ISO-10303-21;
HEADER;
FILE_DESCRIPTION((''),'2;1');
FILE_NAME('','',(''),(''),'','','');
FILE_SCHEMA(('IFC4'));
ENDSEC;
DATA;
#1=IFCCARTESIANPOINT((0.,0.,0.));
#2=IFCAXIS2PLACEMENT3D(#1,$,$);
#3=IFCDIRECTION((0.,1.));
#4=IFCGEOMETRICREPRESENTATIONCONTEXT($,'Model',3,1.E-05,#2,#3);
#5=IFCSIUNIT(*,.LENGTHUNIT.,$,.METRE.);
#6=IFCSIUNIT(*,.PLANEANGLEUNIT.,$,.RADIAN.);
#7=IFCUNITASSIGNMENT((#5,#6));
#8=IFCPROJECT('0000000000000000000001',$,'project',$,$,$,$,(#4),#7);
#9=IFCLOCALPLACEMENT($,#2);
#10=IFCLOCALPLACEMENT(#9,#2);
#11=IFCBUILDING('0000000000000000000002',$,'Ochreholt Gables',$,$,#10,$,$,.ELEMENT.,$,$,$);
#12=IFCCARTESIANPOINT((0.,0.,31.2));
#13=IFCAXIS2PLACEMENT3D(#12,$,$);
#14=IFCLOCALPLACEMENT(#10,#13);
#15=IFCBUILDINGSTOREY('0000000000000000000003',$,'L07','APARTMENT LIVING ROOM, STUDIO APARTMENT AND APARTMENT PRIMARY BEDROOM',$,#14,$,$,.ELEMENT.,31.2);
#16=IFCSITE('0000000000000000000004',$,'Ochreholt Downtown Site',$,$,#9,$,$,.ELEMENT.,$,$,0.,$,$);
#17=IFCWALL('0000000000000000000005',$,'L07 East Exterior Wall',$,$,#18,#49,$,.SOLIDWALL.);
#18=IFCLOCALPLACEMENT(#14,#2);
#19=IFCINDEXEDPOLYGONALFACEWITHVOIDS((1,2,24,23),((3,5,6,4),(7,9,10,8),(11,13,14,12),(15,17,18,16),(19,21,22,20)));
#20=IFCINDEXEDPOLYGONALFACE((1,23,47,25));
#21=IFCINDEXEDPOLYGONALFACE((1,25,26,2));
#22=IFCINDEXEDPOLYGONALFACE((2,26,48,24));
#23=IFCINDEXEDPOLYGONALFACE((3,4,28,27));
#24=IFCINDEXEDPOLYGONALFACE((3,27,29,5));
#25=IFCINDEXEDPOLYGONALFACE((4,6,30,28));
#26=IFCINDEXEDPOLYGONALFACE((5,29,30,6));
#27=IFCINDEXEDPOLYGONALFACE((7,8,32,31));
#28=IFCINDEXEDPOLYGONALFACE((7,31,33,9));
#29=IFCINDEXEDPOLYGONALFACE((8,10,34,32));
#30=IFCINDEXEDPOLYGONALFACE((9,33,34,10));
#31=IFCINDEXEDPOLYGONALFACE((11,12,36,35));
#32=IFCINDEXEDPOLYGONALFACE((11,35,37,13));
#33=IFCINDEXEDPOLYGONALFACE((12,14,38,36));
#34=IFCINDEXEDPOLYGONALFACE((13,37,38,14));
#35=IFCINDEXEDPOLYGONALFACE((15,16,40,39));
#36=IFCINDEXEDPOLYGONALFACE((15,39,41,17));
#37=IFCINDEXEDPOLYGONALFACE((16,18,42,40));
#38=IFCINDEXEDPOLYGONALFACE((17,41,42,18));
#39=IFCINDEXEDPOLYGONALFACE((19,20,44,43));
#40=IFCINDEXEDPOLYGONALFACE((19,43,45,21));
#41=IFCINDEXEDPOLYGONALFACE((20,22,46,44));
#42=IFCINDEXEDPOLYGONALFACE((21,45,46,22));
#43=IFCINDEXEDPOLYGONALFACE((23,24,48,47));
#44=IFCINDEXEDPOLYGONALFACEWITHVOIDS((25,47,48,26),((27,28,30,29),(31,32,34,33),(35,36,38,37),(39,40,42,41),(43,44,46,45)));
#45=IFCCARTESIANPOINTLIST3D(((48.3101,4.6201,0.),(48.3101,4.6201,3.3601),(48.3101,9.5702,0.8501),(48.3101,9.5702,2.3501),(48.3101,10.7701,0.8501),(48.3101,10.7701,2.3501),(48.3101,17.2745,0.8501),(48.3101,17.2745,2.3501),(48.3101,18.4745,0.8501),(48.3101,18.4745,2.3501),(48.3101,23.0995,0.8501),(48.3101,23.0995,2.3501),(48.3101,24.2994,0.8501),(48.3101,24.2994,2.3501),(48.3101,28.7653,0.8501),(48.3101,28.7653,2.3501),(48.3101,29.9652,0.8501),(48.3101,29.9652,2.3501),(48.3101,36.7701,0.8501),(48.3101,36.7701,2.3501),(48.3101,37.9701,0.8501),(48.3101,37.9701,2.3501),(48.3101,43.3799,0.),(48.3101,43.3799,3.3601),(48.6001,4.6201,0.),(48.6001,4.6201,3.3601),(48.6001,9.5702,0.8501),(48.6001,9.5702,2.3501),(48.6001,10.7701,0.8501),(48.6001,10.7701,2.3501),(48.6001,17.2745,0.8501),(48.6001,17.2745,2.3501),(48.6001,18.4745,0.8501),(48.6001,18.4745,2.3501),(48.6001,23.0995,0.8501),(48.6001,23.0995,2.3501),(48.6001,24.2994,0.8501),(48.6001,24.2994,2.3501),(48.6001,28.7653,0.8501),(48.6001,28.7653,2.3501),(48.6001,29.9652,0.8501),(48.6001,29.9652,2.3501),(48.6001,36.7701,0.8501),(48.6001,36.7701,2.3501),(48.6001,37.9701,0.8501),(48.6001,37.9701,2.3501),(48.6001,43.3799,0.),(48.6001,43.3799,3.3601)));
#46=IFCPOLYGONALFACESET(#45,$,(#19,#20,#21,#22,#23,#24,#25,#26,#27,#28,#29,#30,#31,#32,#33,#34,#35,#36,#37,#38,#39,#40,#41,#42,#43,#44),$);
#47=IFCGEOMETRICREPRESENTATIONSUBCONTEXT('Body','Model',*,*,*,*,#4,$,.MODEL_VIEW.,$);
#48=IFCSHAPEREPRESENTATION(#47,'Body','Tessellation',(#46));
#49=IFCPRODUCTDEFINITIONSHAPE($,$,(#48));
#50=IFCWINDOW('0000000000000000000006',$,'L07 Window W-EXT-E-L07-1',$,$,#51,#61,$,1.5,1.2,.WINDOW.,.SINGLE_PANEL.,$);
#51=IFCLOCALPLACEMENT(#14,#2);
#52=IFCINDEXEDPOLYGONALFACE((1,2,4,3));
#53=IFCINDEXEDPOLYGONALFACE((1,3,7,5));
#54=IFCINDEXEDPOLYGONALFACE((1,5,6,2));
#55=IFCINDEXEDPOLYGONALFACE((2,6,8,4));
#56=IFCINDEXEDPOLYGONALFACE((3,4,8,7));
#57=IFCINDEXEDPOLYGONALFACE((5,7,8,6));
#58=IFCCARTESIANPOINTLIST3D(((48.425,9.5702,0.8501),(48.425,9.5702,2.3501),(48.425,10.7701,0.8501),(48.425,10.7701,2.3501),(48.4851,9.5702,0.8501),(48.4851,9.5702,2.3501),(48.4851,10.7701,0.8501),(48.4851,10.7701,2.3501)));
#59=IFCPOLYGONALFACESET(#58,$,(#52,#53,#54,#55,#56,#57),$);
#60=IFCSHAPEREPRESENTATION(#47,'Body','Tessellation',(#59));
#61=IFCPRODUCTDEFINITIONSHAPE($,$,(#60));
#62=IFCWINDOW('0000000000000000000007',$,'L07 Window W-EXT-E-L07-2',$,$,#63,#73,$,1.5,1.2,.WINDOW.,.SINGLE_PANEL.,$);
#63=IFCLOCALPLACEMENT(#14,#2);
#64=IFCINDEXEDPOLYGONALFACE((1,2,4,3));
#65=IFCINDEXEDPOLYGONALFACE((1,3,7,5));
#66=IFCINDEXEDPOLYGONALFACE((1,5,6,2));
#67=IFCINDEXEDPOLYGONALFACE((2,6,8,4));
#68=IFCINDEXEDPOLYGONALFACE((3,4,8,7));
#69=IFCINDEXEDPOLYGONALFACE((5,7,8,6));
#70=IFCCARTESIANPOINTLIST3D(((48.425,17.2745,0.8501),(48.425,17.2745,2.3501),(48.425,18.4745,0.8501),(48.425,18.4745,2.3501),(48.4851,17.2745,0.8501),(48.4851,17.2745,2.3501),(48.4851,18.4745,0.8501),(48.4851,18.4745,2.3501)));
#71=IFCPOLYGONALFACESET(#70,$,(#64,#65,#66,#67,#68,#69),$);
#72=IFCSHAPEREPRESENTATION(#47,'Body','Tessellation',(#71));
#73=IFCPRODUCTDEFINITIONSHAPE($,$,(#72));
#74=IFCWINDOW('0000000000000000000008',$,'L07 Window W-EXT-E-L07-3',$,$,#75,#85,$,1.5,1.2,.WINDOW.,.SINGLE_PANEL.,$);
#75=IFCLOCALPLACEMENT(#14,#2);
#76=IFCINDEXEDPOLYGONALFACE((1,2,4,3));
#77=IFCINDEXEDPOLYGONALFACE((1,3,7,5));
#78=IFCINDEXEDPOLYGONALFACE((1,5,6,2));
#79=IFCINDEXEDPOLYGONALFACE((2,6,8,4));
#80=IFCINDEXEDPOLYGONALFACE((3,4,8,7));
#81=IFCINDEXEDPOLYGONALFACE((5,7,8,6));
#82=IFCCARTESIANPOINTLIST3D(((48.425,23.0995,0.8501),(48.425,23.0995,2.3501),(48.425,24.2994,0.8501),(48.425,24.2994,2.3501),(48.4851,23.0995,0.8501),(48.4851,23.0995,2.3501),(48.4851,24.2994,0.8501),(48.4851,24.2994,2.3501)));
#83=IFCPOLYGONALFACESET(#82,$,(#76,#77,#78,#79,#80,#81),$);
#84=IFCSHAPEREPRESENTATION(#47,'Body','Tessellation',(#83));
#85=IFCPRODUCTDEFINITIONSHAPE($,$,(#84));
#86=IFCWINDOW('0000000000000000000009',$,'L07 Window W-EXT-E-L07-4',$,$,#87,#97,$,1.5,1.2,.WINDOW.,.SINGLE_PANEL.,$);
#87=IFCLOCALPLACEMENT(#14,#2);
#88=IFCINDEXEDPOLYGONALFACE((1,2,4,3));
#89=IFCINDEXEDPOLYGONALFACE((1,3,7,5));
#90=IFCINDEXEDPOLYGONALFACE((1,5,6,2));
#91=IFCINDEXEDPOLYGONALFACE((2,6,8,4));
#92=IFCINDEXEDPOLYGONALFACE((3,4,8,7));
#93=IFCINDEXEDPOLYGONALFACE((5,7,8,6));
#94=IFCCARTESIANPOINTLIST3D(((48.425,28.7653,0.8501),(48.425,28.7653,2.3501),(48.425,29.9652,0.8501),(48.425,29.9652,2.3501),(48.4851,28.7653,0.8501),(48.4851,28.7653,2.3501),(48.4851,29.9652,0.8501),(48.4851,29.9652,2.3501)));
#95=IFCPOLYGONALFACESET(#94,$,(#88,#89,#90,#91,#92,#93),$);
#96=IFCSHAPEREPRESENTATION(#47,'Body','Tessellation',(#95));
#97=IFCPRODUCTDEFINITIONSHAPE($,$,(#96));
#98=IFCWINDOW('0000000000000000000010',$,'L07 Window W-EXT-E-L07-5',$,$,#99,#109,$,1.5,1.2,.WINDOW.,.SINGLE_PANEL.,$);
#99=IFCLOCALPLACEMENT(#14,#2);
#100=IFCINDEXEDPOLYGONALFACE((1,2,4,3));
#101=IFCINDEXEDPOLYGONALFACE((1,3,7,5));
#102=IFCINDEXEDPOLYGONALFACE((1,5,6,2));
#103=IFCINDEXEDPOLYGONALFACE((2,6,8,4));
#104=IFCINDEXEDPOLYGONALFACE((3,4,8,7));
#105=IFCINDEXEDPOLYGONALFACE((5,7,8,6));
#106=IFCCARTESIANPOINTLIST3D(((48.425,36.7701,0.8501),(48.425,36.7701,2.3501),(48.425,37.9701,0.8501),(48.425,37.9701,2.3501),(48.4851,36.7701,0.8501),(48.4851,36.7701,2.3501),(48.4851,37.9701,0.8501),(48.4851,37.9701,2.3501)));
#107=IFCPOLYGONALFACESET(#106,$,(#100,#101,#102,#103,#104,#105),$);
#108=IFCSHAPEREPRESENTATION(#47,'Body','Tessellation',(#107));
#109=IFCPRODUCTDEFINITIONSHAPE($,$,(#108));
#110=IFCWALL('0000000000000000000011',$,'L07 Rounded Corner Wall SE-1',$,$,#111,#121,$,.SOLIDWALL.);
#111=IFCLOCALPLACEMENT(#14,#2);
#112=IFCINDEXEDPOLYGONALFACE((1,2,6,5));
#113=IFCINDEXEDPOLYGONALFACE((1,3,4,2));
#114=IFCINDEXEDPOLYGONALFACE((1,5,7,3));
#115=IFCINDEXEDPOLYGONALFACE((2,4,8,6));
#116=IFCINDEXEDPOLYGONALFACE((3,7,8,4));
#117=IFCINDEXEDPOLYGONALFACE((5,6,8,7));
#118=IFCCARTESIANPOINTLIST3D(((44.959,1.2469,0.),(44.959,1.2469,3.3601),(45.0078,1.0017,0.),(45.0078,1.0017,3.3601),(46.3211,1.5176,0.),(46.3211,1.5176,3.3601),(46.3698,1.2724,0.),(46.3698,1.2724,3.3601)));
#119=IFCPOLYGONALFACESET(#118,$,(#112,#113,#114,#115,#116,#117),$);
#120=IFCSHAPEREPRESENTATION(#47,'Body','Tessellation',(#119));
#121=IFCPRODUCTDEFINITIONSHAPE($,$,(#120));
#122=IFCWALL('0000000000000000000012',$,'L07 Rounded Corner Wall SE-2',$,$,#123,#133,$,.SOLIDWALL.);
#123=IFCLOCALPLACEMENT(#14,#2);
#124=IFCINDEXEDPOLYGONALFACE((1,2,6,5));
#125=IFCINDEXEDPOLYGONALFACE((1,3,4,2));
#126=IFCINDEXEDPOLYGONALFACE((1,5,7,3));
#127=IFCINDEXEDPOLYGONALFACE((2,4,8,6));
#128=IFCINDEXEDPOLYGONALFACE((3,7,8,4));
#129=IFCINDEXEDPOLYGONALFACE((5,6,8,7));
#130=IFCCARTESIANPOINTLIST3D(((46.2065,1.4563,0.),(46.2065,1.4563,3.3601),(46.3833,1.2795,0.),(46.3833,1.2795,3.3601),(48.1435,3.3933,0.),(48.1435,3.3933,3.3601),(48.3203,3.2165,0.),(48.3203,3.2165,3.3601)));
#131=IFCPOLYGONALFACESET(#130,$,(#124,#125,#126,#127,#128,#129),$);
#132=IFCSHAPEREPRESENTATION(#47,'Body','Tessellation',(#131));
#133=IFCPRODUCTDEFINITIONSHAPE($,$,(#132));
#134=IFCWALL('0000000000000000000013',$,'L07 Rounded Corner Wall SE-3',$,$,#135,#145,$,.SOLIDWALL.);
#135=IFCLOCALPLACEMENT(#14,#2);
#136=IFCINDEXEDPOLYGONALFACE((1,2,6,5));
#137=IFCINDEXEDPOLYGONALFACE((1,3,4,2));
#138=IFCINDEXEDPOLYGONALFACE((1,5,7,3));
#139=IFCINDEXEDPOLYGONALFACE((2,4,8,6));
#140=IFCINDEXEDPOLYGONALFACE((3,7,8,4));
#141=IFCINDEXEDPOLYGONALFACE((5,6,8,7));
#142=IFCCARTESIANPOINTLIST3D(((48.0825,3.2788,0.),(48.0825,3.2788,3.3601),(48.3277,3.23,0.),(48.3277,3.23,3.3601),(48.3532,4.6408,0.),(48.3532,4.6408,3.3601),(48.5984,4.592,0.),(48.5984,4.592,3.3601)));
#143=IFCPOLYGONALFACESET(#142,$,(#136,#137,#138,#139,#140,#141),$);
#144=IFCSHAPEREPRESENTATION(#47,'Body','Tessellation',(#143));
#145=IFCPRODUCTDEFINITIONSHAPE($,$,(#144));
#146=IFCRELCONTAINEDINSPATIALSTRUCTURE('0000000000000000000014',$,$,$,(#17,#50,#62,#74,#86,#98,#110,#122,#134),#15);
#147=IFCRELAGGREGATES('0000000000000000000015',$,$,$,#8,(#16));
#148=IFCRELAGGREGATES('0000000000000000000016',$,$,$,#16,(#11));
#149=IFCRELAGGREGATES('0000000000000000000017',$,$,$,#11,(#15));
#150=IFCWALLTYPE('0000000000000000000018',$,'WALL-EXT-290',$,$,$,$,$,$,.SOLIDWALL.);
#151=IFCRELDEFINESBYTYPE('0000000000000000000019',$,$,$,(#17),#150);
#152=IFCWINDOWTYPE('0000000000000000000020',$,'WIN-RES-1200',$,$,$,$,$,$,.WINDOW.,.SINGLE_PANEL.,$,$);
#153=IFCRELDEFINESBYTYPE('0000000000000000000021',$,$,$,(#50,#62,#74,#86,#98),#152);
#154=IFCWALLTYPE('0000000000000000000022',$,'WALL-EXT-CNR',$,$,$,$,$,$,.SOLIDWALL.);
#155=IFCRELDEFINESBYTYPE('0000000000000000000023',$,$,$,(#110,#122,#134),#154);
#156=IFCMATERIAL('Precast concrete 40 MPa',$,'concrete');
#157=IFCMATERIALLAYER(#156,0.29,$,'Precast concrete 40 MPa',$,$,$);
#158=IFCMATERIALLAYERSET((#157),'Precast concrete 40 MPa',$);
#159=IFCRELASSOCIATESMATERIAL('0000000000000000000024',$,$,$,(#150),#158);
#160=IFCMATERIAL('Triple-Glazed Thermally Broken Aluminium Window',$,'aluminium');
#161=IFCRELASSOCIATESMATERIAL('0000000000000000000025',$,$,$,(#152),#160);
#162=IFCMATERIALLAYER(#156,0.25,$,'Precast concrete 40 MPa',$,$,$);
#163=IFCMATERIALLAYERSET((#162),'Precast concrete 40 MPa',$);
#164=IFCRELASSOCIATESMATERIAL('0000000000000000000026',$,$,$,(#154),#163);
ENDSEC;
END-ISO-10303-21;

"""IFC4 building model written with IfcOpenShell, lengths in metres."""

from ifc_helpers import new_model, si_unit, direction, frame, frame_2d, origin, place, context, subcontext, project, spatial, rectangle, extrude, material, layer, layer_set, type_object, element, fill, save


model = new_model("IFC4")

# Units and contexts
model_context = context("Model", 3, precision=1e-05, world=origin(), true_north=direction((0.0, 1.0)))
body_context = subcontext(model_context, "Body", "Model", "MODEL_VIEW")
ifc_project = project(units=[si_unit("LENGTHUNIT", "METRE"), si_unit("PLANEANGLEUNIT", "RADIAN")], contexts=[model_context])

# Site, building, storey
site_placement = place(None, origin())
site = spatial("IfcSite", under=ifc_project, at=site_placement, Name="Ochreholt Downtown Site", CompositionType="ELEMENT", RefElevation=0.0)
building_placement = place(site_placement, origin())
building = spatial("IfcBuilding", under=site, at=building_placement, Name="Ochreholt Gables", CompositionType="ELEMENT")
storey_placement = place(building_placement, frame((0.0, 0.0, 31.2)))
storey = spatial("IfcBuildingStorey", under=building, at=storey_placement, Name="L07", Description="APARTMENT LIVING ROOM, STUDIO APARTMENT AND APARTMENT PRIMARY BEDROOM", CompositionType="ELEMENT", Elevation=31.2)

# Wall, openings, windows
ifc_material_1 = material(Name="Precast concrete 40 MPa", Category="concrete")
ifc_layer_1 = layer(ifc_material_1, 0.29, Name="Precast concrete 40 MPa")
ifc_layer_set_1 = layer_set([ifc_layer_1], Name="Precast concrete 40 MPa")
wall_type_1 = type_object("IfcWallType", Name="WALL-EXT-290", PredefinedType="SOLIDWALL", material=ifc_layer_set_1)
wall_1_placement = place(storey_placement, frame((48.4551, 4.6201, 0.0), z_axis=(0.0, 0.0, 1.0), x_axis=(0.0, 1.0, 0.0)))
wall_1 = element("IfcWall", 1, at=wall_1_placement, inside=storey, type_object=wall_type_1, Name="L07 East Exterior Wall", PredefinedType="SOLIDWALL", context=body_context, shape_type="SweptSolid", body=[
    extrude(rectangle(XDim=38.7598, YDim=0.29, at=frame_2d((19.3799, 0.0))), origin(), (0.0, 0.0, 1.0), 3.3601),
])
opening_1_placement = place(wall_1_placement, frame((4.95, 0.0, 0.8501)))
opening_1 = element("IfcOpeningElement", 2, at=opening_1_placement, cuts=wall_1, PredefinedType="OPENING", context=body_context, shape_type="SweptSolid", body=[
    extrude(rectangle(XDim=1.2, YDim=1.5, at=frame_2d((0.6001, 0.75))), frame((0.0, 0.155, 0.0), z_axis=(0.0, -1.0, 0.0), x_axis=(1.0, 0.0, 0.0)), (0.0, 0.0, 1.0), 0.3101),
])
opening_2_placement = place(wall_1_placement, frame((12.6543, 0.0, 0.8501)))
opening_2 = element("IfcOpeningElement", 3, at=opening_2_placement, cuts=wall_1, PredefinedType="OPENING", context=body_context, shape_type="SweptSolid", body=[
    extrude(rectangle(XDim=1.2, YDim=1.5, at=frame_2d((0.6001, 0.75))), frame((0.0, 0.155, 0.0), z_axis=(0.0, -1.0, 0.0), x_axis=(1.0, 0.0, 0.0)), (0.0, 0.0, 1.0), 0.3101),
])
opening_3_placement = place(wall_1_placement, frame((18.4792, 0.0, 0.8501)))
opening_3 = element("IfcOpeningElement", 4, at=opening_3_placement, cuts=wall_1, PredefinedType="OPENING", context=body_context, shape_type="SweptSolid", body=[
    extrude(rectangle(XDim=1.2, YDim=1.5, at=frame_2d((0.6001, 0.75))), frame((0.0, 0.155, 0.0), z_axis=(0.0, -1.0, 0.0), x_axis=(1.0, 0.0, 0.0)), (0.0, 0.0, 1.0), 0.3101),
])
opening_4_placement = place(wall_1_placement, frame((24.145, 0.0, 0.8501)))
opening_4 = element("IfcOpeningElement", 5, at=opening_4_placement, cuts=wall_1, PredefinedType="OPENING", context=body_context, shape_type="SweptSolid", body=[
    extrude(rectangle(XDim=1.2, YDim=1.5, at=frame_2d((0.6001, 0.75))), frame((0.0, 0.155, 0.0), z_axis=(0.0, -1.0, 0.0), x_axis=(1.0, 0.0, 0.0)), (0.0, 0.0, 1.0), 0.3101),
])
opening_5_placement = place(wall_1_placement, frame((32.1499, 0.0, 0.8501)))
opening_5 = element("IfcOpeningElement", 6, at=opening_5_placement, cuts=wall_1, PredefinedType="OPENING", context=body_context, shape_type="SweptSolid", body=[
    extrude(rectangle(XDim=1.2, YDim=1.5, at=frame_2d((0.6001, 0.75))), frame((0.0, 0.155, 0.0), z_axis=(0.0, -1.0, 0.0), x_axis=(1.0, 0.0, 0.0)), (0.0, 0.0, 1.0), 0.3101),
])
ifc_material_2 = material(Name="Triple-Glazed Thermally Broken Aluminium Window", Category="aluminium")
window_type = type_object("IfcWindowType", Name="WIN-RES-1200", PartitioningType="SINGLE_PANEL", PredefinedType="WINDOW", material=ifc_material_2)
window_1_placement = place(opening_1_placement, origin())
window_1 = element("IfcWindow", 7, at=window_1_placement, inside=storey, type_object=window_type, Name="L07 Window W-EXT-E-L07-1", OverallHeight=1.5, OverallWidth=1.2, PartitioningType="SINGLE_PANEL", PredefinedType="WINDOW", context=body_context, shape_type="SweptSolid", body=[
    extrude(rectangle(XDim=1.2, YDim=1.5, at=frame_2d((0.6001, 0.75))), frame((0.0, 0.03, 0.0), z_axis=(0.0, -1.0, 0.0), x_axis=(1.0, 0.0, 0.0)), (0.0, 0.0, 1.0), 0.0601),
])
fill(opening_1, window_1)
window_2_placement = place(opening_2_placement, origin())
window_2 = element("IfcWindow", 8, at=window_2_placement, inside=storey, type_object=window_type, Name="L07 Window W-EXT-E-L07-2", OverallHeight=1.5, OverallWidth=1.2, PartitioningType="SINGLE_PANEL", PredefinedType="WINDOW", context=body_context, shape_type="SweptSolid", body=[
    extrude(rectangle(XDim=1.2, YDim=1.5, at=frame_2d((0.6001, 0.75))), frame((0.0, 0.03, 0.0), z_axis=(0.0, -1.0, 0.0), x_axis=(1.0, 0.0, 0.0)), (0.0, 0.0, 1.0), 0.0601),
])
fill(opening_2, window_2)
window_3_placement = place(opening_3_placement, origin())
window_3 = element("IfcWindow", 9, at=window_3_placement, inside=storey, type_object=window_type, Name="L07 Window W-EXT-E-L07-3", OverallHeight=1.5, OverallWidth=1.2, PartitioningType="SINGLE_PANEL", PredefinedType="WINDOW", context=body_context, shape_type="SweptSolid", body=[
    extrude(rectangle(XDim=1.2, YDim=1.5, at=frame_2d((0.6001, 0.75))), frame((0.0, 0.03, 0.0), z_axis=(0.0, -1.0, 0.0), x_axis=(1.0, 0.0, 0.0)), (0.0, 0.0, 1.0), 0.0601),
])
fill(opening_3, window_3)
window_4_placement = place(opening_4_placement, origin())
window_4 = element("IfcWindow", 10, at=window_4_placement, inside=storey, type_object=window_type, Name="L07 Window W-EXT-E-L07-4", OverallHeight=1.5, OverallWidth=1.2, PartitioningType="SINGLE_PANEL", PredefinedType="WINDOW", context=body_context, shape_type="SweptSolid", body=[
    extrude(rectangle(XDim=1.2, YDim=1.5, at=frame_2d((0.6001, 0.75))), frame((0.0, 0.03, 0.0), z_axis=(0.0, -1.0, 0.0), x_axis=(1.0, 0.0, 0.0)), (0.0, 0.0, 1.0), 0.0601),
])
fill(opening_4, window_4)
window_5_placement = place(opening_5_placement, origin())
window_5 = element("IfcWindow", 11, at=window_5_placement, inside=storey, type_object=window_type, Name="L07 Window W-EXT-E-L07-5", OverallHeight=1.5, OverallWidth=1.2, PartitioningType="SINGLE_PANEL", PredefinedType="WINDOW", context=body_context, shape_type="SweptSolid", body=[
    extrude(rectangle(XDim=1.2, YDim=1.5, at=frame_2d((0.6001, 0.75))), frame((0.0, 0.03, 0.0), z_axis=(0.0, -1.0, 0.0), x_axis=(1.0, 0.0, 0.0)), (0.0, 0.0, 1.0), 0.0601),
])
fill(opening_5, window_5)

# Walls
ifc_layer_2 = layer(ifc_material_1, 0.25, Name="Precast concrete 40 MPa")
ifc_layer_set_2 = layer_set([ifc_layer_2], Name="Precast concrete 40 MPa")
wall_type_2 = type_object("IfcWallType", Name="WALL-EXT-CNR", PredefinedType="SOLIDWALL", material=ifc_layer_set_2)
wall_2_placement = place(storey_placement, frame((44.9834, 1.1243, 0.0), z_axis=(0.0, 0.0, 1.0), x_axis=(0.98081, 0.194967, 0.0)))
element("IfcWall", 12, at=wall_2_placement, inside=storey, type_object=wall_type_2, Name="L07 Rounded Corner Wall SE-1", PredefinedType="SOLIDWALL", context=body_context, shape_type="SweptSolid", body=[
    extrude(rectangle(XDim=1.3887, YDim=0.25, at=frame_2d((0.6943, 0.0))), origin(), (0.0, 0.0, 1.0), 3.3601),
])
wall_3_placement = place(storey_placement, frame((46.2949, 1.3679, 0.0), z_axis=(0.0, 0.0, 1.0), x_axis=(0.707107, 0.707107, 0.0)))
element("IfcWall", 13, at=wall_3_placement, inside=storey, type_object=wall_type_2, Name="L07 Rounded Corner Wall SE-2", PredefinedType="SOLIDWALL", context=body_context, shape_type="SweptSolid", body=[
    extrude(rectangle(XDim=2.7393, YDim=0.25, at=frame_2d((1.3696, 0.0))), origin(), (0.0, 0.0, 1.0), 3.3601),
])
wall_4_placement = place(storey_placement, frame((48.2051, 3.2544, 0.0), z_axis=(0.0, 0.0, 1.0), x_axis=(0.194967, 0.98081, 0.0)))
element("IfcWall", 14, at=wall_4_placement, inside=storey, type_object=wall_type_2, Name="L07 Rounded Corner Wall SE-3", PredefinedType="SOLIDWALL", context=body_context, shape_type="SweptSolid", body=[
    extrude(rectangle(XDim=1.3887, YDim=0.25, at=frame_2d((0.6943, 0.0))), origin(), (0.0, 0.0, 1.0), 3.3601),
])

save(model, "model.ifc")
